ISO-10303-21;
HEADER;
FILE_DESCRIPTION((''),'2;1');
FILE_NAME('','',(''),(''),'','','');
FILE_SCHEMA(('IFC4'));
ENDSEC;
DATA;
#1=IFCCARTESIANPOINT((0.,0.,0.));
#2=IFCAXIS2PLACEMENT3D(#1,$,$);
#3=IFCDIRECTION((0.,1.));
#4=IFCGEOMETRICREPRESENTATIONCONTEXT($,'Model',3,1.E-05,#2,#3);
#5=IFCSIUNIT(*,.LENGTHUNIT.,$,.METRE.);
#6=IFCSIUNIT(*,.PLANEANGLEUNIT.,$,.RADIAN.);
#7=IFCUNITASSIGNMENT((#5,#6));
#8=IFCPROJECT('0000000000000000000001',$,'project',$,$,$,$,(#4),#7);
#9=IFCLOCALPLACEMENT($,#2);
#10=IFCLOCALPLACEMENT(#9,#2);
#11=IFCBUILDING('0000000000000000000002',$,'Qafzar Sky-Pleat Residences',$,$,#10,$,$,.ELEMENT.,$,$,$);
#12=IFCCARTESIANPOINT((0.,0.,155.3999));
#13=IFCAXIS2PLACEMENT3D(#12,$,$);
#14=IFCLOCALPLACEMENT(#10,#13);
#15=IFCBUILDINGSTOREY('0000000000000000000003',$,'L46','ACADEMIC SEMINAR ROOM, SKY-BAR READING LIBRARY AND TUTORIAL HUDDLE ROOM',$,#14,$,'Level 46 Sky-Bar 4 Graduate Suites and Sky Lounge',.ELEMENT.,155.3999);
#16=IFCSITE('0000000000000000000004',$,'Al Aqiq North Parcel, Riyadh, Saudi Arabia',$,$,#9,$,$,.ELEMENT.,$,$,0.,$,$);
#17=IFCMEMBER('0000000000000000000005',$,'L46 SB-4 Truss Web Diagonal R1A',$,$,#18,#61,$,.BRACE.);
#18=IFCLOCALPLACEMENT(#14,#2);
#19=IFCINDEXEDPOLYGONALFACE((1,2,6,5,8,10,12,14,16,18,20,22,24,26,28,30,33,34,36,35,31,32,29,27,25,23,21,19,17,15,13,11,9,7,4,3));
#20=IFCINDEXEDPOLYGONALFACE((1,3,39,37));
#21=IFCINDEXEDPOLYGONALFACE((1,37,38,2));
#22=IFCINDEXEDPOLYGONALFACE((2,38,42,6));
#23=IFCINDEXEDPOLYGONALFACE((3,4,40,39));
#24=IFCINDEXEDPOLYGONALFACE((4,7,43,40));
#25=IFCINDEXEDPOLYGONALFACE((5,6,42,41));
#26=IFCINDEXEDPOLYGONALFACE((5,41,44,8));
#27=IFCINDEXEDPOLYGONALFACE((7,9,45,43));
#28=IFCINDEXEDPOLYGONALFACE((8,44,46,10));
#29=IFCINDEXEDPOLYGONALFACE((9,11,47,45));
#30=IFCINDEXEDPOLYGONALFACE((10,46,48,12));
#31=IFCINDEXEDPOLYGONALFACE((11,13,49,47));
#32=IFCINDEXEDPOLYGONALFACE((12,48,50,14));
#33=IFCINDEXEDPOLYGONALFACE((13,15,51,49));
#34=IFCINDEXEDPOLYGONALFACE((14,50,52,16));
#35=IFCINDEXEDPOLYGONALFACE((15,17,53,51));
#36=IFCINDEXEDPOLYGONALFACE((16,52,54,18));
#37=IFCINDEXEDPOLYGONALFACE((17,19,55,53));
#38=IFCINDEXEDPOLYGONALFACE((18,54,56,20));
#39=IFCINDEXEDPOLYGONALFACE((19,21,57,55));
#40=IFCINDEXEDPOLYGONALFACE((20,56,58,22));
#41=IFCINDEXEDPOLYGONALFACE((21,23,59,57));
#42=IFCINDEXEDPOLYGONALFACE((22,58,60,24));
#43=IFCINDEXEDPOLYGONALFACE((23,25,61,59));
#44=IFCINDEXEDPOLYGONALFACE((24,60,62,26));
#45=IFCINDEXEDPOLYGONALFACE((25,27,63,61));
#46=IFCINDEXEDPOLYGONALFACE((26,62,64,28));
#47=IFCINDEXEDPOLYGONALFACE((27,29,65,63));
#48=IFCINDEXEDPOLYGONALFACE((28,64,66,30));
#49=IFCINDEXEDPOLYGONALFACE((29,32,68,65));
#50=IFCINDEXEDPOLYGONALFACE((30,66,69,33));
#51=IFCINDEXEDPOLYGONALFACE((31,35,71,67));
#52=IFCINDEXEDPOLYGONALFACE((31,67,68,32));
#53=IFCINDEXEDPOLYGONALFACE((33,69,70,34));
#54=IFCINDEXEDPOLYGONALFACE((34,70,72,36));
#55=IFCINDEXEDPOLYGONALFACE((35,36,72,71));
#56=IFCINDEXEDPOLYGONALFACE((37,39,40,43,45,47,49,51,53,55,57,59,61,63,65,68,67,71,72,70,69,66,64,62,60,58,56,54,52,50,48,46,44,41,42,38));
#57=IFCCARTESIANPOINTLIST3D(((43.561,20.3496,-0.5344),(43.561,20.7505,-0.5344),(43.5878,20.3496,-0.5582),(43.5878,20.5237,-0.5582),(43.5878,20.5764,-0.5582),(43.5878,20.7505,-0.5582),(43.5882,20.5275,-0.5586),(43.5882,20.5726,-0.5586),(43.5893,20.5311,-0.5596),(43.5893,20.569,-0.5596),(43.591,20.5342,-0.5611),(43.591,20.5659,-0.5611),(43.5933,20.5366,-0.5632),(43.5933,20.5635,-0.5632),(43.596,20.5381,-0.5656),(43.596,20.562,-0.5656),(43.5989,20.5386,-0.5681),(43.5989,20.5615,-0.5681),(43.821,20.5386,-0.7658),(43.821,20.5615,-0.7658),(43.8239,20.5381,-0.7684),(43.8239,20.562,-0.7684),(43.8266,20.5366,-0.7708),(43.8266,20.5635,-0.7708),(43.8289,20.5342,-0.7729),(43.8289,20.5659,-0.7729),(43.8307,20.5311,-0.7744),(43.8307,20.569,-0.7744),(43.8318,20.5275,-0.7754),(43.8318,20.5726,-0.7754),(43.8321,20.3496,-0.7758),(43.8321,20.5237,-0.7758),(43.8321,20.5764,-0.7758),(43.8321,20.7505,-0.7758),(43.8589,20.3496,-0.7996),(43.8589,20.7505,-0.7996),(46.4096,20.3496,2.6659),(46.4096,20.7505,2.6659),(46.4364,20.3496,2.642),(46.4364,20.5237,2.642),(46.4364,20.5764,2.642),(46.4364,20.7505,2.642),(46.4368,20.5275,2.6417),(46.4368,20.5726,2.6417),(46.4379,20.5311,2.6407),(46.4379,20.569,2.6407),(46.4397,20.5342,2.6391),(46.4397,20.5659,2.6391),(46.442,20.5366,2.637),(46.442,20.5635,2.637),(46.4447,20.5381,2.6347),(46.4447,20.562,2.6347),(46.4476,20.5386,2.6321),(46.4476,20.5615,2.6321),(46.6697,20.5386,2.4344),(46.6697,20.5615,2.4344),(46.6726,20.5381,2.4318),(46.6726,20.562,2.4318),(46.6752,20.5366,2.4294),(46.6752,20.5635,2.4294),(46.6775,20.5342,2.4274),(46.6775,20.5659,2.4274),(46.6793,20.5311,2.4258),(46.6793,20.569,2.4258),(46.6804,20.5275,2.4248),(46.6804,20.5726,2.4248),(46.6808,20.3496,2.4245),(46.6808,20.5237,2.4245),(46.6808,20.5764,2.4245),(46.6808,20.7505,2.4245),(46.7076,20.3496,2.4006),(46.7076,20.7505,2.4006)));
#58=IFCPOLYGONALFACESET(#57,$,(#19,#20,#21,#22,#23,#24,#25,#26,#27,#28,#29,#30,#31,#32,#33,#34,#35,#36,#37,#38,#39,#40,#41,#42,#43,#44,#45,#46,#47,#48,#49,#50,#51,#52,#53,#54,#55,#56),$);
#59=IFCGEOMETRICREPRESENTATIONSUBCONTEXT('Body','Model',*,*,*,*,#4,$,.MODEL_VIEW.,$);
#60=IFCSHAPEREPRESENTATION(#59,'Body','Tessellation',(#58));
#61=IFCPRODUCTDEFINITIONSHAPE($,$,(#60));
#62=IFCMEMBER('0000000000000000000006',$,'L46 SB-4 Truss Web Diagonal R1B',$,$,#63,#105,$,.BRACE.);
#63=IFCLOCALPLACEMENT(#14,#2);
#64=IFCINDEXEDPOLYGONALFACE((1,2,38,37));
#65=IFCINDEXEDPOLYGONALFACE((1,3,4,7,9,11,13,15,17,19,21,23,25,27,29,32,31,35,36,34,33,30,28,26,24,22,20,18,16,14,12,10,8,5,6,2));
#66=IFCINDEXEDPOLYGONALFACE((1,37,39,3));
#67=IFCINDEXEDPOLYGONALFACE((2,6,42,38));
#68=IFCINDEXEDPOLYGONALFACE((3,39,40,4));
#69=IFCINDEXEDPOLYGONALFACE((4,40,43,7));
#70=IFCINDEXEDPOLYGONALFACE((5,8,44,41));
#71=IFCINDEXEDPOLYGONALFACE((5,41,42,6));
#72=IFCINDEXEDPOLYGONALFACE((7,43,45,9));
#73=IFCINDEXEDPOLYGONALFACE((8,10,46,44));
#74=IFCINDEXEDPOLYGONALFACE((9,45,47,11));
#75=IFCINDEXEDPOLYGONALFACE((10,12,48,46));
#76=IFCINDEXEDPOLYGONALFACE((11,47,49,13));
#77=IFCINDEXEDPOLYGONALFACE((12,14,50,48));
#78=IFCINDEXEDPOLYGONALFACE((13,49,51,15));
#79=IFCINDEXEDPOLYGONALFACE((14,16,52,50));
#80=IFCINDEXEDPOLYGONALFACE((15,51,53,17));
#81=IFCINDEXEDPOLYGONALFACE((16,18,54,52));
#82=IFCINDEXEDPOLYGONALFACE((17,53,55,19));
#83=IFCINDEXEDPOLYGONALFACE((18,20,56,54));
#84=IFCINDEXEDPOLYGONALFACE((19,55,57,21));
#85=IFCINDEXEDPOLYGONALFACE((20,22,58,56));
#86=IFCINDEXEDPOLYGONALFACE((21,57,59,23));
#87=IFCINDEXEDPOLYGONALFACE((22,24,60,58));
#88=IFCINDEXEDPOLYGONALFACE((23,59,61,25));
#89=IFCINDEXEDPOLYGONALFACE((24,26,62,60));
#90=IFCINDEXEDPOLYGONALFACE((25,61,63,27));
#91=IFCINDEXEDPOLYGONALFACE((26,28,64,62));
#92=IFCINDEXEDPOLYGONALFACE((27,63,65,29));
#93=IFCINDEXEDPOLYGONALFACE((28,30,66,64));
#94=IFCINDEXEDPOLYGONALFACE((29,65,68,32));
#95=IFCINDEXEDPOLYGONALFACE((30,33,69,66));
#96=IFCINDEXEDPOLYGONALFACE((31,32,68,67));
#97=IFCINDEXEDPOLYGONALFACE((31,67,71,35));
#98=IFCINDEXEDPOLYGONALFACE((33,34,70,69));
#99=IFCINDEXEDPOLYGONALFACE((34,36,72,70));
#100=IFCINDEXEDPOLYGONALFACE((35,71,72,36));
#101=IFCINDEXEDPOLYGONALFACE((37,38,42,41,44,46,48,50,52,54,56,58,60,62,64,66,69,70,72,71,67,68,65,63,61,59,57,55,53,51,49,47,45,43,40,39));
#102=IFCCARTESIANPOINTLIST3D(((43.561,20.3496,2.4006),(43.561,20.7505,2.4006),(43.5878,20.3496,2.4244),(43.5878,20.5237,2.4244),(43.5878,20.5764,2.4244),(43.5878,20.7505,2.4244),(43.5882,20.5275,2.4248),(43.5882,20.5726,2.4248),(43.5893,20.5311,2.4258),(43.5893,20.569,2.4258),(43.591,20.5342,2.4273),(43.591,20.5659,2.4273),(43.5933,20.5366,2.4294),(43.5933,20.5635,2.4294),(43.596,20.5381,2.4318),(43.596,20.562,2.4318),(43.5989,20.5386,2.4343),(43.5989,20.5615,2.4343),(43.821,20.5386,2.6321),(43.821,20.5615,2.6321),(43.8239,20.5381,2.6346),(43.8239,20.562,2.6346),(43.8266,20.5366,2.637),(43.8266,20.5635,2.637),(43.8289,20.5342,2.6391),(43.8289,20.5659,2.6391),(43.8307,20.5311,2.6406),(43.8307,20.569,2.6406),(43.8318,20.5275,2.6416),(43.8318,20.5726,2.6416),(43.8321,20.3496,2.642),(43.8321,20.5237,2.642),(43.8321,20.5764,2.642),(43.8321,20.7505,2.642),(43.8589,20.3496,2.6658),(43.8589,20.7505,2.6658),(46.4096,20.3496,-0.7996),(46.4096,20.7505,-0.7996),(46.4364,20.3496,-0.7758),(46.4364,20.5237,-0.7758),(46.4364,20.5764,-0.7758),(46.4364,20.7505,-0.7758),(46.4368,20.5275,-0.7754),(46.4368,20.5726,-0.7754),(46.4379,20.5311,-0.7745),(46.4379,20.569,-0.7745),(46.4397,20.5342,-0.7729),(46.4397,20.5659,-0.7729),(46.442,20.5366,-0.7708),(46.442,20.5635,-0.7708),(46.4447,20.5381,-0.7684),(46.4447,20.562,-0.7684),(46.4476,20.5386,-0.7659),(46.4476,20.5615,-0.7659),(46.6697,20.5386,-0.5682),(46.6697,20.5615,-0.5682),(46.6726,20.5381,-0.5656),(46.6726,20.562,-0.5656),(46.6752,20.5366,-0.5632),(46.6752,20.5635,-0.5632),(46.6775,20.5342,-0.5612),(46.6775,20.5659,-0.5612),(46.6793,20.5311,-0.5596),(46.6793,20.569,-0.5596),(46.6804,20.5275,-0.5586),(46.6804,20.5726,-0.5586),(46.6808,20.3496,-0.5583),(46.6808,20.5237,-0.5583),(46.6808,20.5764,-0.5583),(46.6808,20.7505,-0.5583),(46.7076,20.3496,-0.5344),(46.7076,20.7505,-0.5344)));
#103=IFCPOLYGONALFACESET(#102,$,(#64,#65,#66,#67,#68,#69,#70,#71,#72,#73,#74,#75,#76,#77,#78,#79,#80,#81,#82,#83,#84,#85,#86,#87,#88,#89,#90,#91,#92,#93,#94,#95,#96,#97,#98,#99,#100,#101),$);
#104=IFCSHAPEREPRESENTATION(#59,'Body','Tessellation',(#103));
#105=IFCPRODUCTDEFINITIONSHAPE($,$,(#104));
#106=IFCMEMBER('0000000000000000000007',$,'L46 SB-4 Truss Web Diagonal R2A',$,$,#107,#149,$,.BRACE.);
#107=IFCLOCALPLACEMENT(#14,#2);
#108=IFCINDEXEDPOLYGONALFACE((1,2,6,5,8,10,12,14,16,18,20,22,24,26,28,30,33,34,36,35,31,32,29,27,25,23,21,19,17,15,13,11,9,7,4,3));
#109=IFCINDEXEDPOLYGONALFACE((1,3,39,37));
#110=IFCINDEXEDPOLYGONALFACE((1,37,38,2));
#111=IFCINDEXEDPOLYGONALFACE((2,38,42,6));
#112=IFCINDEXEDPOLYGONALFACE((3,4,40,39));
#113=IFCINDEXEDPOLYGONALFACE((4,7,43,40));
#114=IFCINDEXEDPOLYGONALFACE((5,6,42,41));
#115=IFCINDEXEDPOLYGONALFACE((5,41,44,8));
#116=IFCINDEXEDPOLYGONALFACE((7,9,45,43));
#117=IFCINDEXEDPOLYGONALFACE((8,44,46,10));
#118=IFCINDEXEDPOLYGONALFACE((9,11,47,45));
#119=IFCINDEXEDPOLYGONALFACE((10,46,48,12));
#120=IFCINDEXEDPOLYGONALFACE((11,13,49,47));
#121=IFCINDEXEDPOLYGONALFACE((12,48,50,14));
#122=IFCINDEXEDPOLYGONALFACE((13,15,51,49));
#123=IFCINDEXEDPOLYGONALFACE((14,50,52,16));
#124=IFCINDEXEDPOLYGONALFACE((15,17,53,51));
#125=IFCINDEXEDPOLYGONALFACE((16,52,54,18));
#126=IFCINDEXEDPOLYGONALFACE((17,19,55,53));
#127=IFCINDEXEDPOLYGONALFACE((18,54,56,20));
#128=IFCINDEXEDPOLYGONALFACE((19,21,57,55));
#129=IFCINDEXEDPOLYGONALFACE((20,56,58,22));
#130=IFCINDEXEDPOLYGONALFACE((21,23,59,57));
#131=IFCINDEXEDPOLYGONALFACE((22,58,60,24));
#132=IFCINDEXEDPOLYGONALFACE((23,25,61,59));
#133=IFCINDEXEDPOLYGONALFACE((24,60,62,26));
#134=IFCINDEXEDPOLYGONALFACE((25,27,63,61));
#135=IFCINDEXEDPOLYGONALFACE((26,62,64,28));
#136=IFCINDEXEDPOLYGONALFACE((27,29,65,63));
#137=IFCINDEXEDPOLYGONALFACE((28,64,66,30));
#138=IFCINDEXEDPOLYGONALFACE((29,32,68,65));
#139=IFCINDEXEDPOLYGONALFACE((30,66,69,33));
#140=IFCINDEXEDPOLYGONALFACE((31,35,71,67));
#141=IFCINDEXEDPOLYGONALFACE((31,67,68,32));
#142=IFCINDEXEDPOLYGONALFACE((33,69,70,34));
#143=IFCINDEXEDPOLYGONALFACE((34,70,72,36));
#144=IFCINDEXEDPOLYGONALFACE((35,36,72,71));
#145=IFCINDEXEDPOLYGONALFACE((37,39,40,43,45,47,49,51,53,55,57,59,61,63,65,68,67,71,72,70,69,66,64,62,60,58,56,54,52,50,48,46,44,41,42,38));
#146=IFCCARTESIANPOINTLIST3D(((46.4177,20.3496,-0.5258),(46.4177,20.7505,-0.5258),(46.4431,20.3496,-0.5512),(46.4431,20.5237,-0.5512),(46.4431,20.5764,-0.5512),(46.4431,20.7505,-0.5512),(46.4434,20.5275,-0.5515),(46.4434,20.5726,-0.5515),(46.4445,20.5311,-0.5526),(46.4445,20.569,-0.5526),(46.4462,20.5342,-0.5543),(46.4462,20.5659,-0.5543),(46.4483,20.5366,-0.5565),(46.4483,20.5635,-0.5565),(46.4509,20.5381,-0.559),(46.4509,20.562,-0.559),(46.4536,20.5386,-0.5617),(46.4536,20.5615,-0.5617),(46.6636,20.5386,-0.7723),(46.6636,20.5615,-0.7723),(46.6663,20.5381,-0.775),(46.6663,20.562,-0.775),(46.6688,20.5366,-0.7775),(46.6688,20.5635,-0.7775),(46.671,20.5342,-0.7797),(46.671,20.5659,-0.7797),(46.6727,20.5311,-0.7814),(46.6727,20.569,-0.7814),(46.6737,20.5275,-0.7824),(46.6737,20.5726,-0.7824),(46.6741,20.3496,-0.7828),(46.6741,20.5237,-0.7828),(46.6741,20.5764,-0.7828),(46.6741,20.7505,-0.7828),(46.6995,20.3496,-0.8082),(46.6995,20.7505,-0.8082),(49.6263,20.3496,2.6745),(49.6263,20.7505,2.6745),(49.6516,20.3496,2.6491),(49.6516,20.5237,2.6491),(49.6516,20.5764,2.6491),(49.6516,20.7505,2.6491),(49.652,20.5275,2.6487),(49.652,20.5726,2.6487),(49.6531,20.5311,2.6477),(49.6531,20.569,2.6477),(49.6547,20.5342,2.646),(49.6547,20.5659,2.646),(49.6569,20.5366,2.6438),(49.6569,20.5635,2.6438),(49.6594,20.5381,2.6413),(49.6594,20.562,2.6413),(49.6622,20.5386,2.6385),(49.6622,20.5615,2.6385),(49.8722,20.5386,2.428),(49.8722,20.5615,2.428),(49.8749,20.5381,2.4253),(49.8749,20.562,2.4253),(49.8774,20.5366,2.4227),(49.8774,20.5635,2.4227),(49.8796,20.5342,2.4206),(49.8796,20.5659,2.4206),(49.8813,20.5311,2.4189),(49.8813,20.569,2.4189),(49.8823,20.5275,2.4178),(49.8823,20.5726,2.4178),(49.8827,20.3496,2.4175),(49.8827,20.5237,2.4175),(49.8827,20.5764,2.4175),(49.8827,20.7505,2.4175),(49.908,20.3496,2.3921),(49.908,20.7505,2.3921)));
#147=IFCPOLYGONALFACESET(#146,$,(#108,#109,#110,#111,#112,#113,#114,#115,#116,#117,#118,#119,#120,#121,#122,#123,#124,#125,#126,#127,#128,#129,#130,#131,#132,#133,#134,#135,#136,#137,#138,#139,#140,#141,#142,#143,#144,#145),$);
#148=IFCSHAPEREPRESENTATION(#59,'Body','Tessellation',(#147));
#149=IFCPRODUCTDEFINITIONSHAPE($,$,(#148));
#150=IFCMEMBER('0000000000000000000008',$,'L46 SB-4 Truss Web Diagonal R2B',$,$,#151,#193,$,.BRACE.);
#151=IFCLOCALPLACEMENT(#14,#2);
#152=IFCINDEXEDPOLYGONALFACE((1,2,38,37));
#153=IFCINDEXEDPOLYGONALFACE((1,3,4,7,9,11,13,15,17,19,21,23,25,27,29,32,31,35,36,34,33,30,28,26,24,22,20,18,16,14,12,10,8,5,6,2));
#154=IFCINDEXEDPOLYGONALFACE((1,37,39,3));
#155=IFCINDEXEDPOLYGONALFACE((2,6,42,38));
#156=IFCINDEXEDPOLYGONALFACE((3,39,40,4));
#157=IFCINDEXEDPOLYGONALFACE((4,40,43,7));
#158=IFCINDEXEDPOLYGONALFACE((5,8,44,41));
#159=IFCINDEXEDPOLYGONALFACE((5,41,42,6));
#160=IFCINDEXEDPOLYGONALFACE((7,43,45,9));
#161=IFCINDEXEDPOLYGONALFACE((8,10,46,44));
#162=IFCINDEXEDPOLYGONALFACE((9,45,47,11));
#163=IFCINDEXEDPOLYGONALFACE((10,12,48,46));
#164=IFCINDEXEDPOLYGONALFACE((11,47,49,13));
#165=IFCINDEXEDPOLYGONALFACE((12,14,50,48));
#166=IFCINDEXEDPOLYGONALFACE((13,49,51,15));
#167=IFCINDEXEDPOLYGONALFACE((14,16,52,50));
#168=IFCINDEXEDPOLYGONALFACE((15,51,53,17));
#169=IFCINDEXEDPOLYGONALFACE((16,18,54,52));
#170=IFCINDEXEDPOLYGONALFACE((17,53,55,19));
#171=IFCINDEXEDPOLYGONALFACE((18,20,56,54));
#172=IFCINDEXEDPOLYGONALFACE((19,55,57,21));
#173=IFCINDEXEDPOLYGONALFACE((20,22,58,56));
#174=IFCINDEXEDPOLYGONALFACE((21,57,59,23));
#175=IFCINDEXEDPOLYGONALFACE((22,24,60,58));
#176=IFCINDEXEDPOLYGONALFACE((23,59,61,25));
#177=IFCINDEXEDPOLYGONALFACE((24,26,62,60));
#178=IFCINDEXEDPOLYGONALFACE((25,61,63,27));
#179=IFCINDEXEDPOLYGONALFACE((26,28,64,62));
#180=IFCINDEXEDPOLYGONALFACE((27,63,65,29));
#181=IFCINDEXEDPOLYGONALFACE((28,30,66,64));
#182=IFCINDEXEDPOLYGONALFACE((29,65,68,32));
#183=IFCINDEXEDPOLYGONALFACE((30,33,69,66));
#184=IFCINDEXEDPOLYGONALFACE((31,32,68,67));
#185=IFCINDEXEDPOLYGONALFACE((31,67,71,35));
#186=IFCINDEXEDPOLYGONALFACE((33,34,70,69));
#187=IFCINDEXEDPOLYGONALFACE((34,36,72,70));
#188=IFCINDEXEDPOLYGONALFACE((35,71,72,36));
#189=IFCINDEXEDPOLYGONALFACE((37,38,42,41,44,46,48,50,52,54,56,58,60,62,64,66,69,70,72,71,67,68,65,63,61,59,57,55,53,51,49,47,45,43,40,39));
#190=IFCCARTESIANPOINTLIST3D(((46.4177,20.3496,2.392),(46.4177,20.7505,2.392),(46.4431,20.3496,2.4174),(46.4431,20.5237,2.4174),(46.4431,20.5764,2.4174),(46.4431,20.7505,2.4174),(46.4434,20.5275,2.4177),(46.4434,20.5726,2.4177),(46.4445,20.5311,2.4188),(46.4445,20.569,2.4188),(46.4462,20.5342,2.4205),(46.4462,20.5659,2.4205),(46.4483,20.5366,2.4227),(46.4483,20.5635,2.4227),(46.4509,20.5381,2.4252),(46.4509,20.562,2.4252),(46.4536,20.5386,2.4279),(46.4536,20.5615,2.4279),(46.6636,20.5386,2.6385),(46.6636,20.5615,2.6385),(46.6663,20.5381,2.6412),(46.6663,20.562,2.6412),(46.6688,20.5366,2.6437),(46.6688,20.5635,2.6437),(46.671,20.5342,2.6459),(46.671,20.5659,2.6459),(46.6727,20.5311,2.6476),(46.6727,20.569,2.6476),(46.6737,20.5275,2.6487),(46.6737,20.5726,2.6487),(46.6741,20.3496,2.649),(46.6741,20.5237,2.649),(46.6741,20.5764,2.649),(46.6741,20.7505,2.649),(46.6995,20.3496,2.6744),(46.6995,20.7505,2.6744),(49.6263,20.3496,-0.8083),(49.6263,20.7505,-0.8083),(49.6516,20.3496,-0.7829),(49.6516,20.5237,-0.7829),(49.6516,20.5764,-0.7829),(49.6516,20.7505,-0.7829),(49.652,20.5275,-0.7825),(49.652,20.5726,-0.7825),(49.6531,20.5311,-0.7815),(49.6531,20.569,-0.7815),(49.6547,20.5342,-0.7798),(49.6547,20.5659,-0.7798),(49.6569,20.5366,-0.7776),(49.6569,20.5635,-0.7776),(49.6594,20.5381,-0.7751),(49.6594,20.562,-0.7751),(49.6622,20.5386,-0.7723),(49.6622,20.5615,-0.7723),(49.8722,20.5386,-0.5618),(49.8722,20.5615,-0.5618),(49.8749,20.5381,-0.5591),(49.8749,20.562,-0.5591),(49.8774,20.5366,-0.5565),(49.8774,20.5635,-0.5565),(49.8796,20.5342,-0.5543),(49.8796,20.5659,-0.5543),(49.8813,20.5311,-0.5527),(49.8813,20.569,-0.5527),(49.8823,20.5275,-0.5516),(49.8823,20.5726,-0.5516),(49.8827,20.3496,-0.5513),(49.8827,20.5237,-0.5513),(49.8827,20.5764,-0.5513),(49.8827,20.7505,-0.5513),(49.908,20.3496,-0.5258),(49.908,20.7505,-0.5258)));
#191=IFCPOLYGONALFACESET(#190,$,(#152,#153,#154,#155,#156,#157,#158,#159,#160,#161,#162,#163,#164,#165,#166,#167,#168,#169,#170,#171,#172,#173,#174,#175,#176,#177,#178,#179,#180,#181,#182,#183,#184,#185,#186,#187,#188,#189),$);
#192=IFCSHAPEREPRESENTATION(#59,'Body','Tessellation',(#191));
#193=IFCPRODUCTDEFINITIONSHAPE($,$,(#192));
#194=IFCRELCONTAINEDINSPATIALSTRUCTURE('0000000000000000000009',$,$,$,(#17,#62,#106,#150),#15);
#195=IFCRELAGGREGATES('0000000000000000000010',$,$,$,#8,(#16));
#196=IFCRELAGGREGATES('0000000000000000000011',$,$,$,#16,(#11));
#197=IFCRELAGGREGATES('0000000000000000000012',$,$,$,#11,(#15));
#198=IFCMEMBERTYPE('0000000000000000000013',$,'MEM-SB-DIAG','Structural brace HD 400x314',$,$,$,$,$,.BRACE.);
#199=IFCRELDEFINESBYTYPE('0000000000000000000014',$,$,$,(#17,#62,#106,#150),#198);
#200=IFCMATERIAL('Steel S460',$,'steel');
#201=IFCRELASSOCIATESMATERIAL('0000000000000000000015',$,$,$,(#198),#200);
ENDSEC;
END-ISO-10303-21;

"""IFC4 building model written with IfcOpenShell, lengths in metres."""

from ifc_helpers import new_model, si_unit, direction, frame, origin, origin_2d, place, context, subcontext, project, spatial, i_section, extrude, source, transform, mapped, material, material_profile, profile_set, type_object, element, save


model = new_model("IFC4")

# Units and contexts
model_context = context("Model", 3, precision=1e-05, world=origin(), true_north=direction((0.0, 1.0)))
body_context = subcontext(model_context, "Body", "Model", "MODEL_VIEW")
ifc_project = project(units=[si_unit("LENGTHUNIT", "METRE"), si_unit("PLANEANGLEUNIT", "RADIAN")], contexts=[model_context])

# Site, building, storey
site_placement = place(None, origin())
site = spatial("IfcSite", under=ifc_project, at=site_placement, Name="Al Aqiq North Parcel, Riyadh, Saudi Arabia", CompositionType="ELEMENT", RefElevation=0.0)
building_placement = place(site_placement, origin())
building = spatial("IfcBuilding", under=site, at=building_placement, Name="Qafzar Sky-Pleat Residences", CompositionType="ELEMENT")
storey_placement = place(building_placement, frame((0.0, 0.0, 155.3999)))
storey = spatial("IfcBuildingStorey", under=building, at=storey_placement, Name="L46", Description="ACADEMIC SEMINAR ROOM, SKY-BAR READING LIBRARY AND TUTORIAL HUDDLE ROOM", LongName="Level 46 Sky-Bar 4 Graduate Suites and Sky Lounge", CompositionType="ELEMENT", Elevation=155.3999)

# Shared definitions
ifc_material_1 = material(Name="Steel S460", Category="steel")

# Members
ifc_material_profile_1 = material_profile(ifc_material_1, i_section(OverallWidth=0.4009, OverallDepth=0.3989, WebThickness=0.0229, FlangeThickness=0.0359, FilletRadius=0.0149, at=origin_2d()), Name="HD 400x314")
ifc_profile_set_1 = profile_set([ifc_material_profile_1], Name="Steel S460")
member_type = type_object("IfcMemberType", Name="MEM-SB-DIAG", Description="Structural brace HD 400x314", PredefinedType="BRACE", material=ifc_profile_set_1)
shared_shape_1 = source(origin(), body_context, "Body", "SweptSolid", [
    extrude(i_section(OverallWidth=0.4009, OverallDepth=0.3989, WebThickness=0.0229, FlangeThickness=0.0359, FilletRadius=0.0149, at=origin_2d()), origin(), (0.0, 0.0, 1.0), 4.2844),
])
for number, where, z_axis, x_axis, name in (
    (1, (43.71, 20.55, -0.667), (0.664887, 0.0, 0.746944), (0.0, 1.0, 0.0), "L46 SB-4 Truss Web Diagonal R1A"),
    (2, (43.71, 20.55, 2.5332), (0.664887, 0.0, -0.746944), (0.0, 1.0, 0.0), "L46 SB-4 Truss Web Diagonal R1B"),
):
    element("IfcMember", number, at=place(storey_placement, frame(where, z_axis=z_axis, x_axis=x_axis)), inside=storey, type_object=member_type, Name=name, PredefinedType="BRACE", context=body_context, shape_type="MappedRepresentation", body=[
        mapped(shared_shape_1, transform((0.0, 0.0, 0.0), x_axis=(1.0, 0.0, 0.0), y_axis=(0.0, 1.0, 0.0), z_axis=(0.0, 0.0, 1.0), scale=1.0)),
    ])
shared_shape_2 = source(origin(), body_context, "Body", "SweptSolid", [
    extrude(i_section(OverallWidth=0.4009, OverallDepth=0.3989, WebThickness=0.0229, FlangeThickness=0.0359, FilletRadius=0.0149, at=origin_2d()), origin(), (0.0, 0.0, 1.0), 4.5317),
])
for number, where, z_axis, x_axis, name in (
    (3, (46.5586, 20.55, -0.667), (0.708022, 0.0, 0.70619), (0.0, 1.0, 0.0), "L46 SB-4 Truss Web Diagonal R2A"),
    (4, (46.5586, 20.55, 2.5332), (0.708022, 0.0, -0.70619), (0.0, 1.0, 0.0), "L46 SB-4 Truss Web Diagonal R2B"),
):
    element("IfcMember", number, at=place(storey_placement, frame(where, z_axis=z_axis, x_axis=x_axis)), inside=storey, type_object=member_type, Name=name, PredefinedType="BRACE", context=body_context, shape_type="MappedRepresentation", body=[
        mapped(shared_shape_2, transform((0.0, 0.0, 0.0), x_axis=(1.0, 0.0, 0.0), y_axis=(0.0, 1.0, 0.0), z_axis=(0.0, 0.0, 1.0), scale=1.0)),
    ])

save(model, "model.ifc")
